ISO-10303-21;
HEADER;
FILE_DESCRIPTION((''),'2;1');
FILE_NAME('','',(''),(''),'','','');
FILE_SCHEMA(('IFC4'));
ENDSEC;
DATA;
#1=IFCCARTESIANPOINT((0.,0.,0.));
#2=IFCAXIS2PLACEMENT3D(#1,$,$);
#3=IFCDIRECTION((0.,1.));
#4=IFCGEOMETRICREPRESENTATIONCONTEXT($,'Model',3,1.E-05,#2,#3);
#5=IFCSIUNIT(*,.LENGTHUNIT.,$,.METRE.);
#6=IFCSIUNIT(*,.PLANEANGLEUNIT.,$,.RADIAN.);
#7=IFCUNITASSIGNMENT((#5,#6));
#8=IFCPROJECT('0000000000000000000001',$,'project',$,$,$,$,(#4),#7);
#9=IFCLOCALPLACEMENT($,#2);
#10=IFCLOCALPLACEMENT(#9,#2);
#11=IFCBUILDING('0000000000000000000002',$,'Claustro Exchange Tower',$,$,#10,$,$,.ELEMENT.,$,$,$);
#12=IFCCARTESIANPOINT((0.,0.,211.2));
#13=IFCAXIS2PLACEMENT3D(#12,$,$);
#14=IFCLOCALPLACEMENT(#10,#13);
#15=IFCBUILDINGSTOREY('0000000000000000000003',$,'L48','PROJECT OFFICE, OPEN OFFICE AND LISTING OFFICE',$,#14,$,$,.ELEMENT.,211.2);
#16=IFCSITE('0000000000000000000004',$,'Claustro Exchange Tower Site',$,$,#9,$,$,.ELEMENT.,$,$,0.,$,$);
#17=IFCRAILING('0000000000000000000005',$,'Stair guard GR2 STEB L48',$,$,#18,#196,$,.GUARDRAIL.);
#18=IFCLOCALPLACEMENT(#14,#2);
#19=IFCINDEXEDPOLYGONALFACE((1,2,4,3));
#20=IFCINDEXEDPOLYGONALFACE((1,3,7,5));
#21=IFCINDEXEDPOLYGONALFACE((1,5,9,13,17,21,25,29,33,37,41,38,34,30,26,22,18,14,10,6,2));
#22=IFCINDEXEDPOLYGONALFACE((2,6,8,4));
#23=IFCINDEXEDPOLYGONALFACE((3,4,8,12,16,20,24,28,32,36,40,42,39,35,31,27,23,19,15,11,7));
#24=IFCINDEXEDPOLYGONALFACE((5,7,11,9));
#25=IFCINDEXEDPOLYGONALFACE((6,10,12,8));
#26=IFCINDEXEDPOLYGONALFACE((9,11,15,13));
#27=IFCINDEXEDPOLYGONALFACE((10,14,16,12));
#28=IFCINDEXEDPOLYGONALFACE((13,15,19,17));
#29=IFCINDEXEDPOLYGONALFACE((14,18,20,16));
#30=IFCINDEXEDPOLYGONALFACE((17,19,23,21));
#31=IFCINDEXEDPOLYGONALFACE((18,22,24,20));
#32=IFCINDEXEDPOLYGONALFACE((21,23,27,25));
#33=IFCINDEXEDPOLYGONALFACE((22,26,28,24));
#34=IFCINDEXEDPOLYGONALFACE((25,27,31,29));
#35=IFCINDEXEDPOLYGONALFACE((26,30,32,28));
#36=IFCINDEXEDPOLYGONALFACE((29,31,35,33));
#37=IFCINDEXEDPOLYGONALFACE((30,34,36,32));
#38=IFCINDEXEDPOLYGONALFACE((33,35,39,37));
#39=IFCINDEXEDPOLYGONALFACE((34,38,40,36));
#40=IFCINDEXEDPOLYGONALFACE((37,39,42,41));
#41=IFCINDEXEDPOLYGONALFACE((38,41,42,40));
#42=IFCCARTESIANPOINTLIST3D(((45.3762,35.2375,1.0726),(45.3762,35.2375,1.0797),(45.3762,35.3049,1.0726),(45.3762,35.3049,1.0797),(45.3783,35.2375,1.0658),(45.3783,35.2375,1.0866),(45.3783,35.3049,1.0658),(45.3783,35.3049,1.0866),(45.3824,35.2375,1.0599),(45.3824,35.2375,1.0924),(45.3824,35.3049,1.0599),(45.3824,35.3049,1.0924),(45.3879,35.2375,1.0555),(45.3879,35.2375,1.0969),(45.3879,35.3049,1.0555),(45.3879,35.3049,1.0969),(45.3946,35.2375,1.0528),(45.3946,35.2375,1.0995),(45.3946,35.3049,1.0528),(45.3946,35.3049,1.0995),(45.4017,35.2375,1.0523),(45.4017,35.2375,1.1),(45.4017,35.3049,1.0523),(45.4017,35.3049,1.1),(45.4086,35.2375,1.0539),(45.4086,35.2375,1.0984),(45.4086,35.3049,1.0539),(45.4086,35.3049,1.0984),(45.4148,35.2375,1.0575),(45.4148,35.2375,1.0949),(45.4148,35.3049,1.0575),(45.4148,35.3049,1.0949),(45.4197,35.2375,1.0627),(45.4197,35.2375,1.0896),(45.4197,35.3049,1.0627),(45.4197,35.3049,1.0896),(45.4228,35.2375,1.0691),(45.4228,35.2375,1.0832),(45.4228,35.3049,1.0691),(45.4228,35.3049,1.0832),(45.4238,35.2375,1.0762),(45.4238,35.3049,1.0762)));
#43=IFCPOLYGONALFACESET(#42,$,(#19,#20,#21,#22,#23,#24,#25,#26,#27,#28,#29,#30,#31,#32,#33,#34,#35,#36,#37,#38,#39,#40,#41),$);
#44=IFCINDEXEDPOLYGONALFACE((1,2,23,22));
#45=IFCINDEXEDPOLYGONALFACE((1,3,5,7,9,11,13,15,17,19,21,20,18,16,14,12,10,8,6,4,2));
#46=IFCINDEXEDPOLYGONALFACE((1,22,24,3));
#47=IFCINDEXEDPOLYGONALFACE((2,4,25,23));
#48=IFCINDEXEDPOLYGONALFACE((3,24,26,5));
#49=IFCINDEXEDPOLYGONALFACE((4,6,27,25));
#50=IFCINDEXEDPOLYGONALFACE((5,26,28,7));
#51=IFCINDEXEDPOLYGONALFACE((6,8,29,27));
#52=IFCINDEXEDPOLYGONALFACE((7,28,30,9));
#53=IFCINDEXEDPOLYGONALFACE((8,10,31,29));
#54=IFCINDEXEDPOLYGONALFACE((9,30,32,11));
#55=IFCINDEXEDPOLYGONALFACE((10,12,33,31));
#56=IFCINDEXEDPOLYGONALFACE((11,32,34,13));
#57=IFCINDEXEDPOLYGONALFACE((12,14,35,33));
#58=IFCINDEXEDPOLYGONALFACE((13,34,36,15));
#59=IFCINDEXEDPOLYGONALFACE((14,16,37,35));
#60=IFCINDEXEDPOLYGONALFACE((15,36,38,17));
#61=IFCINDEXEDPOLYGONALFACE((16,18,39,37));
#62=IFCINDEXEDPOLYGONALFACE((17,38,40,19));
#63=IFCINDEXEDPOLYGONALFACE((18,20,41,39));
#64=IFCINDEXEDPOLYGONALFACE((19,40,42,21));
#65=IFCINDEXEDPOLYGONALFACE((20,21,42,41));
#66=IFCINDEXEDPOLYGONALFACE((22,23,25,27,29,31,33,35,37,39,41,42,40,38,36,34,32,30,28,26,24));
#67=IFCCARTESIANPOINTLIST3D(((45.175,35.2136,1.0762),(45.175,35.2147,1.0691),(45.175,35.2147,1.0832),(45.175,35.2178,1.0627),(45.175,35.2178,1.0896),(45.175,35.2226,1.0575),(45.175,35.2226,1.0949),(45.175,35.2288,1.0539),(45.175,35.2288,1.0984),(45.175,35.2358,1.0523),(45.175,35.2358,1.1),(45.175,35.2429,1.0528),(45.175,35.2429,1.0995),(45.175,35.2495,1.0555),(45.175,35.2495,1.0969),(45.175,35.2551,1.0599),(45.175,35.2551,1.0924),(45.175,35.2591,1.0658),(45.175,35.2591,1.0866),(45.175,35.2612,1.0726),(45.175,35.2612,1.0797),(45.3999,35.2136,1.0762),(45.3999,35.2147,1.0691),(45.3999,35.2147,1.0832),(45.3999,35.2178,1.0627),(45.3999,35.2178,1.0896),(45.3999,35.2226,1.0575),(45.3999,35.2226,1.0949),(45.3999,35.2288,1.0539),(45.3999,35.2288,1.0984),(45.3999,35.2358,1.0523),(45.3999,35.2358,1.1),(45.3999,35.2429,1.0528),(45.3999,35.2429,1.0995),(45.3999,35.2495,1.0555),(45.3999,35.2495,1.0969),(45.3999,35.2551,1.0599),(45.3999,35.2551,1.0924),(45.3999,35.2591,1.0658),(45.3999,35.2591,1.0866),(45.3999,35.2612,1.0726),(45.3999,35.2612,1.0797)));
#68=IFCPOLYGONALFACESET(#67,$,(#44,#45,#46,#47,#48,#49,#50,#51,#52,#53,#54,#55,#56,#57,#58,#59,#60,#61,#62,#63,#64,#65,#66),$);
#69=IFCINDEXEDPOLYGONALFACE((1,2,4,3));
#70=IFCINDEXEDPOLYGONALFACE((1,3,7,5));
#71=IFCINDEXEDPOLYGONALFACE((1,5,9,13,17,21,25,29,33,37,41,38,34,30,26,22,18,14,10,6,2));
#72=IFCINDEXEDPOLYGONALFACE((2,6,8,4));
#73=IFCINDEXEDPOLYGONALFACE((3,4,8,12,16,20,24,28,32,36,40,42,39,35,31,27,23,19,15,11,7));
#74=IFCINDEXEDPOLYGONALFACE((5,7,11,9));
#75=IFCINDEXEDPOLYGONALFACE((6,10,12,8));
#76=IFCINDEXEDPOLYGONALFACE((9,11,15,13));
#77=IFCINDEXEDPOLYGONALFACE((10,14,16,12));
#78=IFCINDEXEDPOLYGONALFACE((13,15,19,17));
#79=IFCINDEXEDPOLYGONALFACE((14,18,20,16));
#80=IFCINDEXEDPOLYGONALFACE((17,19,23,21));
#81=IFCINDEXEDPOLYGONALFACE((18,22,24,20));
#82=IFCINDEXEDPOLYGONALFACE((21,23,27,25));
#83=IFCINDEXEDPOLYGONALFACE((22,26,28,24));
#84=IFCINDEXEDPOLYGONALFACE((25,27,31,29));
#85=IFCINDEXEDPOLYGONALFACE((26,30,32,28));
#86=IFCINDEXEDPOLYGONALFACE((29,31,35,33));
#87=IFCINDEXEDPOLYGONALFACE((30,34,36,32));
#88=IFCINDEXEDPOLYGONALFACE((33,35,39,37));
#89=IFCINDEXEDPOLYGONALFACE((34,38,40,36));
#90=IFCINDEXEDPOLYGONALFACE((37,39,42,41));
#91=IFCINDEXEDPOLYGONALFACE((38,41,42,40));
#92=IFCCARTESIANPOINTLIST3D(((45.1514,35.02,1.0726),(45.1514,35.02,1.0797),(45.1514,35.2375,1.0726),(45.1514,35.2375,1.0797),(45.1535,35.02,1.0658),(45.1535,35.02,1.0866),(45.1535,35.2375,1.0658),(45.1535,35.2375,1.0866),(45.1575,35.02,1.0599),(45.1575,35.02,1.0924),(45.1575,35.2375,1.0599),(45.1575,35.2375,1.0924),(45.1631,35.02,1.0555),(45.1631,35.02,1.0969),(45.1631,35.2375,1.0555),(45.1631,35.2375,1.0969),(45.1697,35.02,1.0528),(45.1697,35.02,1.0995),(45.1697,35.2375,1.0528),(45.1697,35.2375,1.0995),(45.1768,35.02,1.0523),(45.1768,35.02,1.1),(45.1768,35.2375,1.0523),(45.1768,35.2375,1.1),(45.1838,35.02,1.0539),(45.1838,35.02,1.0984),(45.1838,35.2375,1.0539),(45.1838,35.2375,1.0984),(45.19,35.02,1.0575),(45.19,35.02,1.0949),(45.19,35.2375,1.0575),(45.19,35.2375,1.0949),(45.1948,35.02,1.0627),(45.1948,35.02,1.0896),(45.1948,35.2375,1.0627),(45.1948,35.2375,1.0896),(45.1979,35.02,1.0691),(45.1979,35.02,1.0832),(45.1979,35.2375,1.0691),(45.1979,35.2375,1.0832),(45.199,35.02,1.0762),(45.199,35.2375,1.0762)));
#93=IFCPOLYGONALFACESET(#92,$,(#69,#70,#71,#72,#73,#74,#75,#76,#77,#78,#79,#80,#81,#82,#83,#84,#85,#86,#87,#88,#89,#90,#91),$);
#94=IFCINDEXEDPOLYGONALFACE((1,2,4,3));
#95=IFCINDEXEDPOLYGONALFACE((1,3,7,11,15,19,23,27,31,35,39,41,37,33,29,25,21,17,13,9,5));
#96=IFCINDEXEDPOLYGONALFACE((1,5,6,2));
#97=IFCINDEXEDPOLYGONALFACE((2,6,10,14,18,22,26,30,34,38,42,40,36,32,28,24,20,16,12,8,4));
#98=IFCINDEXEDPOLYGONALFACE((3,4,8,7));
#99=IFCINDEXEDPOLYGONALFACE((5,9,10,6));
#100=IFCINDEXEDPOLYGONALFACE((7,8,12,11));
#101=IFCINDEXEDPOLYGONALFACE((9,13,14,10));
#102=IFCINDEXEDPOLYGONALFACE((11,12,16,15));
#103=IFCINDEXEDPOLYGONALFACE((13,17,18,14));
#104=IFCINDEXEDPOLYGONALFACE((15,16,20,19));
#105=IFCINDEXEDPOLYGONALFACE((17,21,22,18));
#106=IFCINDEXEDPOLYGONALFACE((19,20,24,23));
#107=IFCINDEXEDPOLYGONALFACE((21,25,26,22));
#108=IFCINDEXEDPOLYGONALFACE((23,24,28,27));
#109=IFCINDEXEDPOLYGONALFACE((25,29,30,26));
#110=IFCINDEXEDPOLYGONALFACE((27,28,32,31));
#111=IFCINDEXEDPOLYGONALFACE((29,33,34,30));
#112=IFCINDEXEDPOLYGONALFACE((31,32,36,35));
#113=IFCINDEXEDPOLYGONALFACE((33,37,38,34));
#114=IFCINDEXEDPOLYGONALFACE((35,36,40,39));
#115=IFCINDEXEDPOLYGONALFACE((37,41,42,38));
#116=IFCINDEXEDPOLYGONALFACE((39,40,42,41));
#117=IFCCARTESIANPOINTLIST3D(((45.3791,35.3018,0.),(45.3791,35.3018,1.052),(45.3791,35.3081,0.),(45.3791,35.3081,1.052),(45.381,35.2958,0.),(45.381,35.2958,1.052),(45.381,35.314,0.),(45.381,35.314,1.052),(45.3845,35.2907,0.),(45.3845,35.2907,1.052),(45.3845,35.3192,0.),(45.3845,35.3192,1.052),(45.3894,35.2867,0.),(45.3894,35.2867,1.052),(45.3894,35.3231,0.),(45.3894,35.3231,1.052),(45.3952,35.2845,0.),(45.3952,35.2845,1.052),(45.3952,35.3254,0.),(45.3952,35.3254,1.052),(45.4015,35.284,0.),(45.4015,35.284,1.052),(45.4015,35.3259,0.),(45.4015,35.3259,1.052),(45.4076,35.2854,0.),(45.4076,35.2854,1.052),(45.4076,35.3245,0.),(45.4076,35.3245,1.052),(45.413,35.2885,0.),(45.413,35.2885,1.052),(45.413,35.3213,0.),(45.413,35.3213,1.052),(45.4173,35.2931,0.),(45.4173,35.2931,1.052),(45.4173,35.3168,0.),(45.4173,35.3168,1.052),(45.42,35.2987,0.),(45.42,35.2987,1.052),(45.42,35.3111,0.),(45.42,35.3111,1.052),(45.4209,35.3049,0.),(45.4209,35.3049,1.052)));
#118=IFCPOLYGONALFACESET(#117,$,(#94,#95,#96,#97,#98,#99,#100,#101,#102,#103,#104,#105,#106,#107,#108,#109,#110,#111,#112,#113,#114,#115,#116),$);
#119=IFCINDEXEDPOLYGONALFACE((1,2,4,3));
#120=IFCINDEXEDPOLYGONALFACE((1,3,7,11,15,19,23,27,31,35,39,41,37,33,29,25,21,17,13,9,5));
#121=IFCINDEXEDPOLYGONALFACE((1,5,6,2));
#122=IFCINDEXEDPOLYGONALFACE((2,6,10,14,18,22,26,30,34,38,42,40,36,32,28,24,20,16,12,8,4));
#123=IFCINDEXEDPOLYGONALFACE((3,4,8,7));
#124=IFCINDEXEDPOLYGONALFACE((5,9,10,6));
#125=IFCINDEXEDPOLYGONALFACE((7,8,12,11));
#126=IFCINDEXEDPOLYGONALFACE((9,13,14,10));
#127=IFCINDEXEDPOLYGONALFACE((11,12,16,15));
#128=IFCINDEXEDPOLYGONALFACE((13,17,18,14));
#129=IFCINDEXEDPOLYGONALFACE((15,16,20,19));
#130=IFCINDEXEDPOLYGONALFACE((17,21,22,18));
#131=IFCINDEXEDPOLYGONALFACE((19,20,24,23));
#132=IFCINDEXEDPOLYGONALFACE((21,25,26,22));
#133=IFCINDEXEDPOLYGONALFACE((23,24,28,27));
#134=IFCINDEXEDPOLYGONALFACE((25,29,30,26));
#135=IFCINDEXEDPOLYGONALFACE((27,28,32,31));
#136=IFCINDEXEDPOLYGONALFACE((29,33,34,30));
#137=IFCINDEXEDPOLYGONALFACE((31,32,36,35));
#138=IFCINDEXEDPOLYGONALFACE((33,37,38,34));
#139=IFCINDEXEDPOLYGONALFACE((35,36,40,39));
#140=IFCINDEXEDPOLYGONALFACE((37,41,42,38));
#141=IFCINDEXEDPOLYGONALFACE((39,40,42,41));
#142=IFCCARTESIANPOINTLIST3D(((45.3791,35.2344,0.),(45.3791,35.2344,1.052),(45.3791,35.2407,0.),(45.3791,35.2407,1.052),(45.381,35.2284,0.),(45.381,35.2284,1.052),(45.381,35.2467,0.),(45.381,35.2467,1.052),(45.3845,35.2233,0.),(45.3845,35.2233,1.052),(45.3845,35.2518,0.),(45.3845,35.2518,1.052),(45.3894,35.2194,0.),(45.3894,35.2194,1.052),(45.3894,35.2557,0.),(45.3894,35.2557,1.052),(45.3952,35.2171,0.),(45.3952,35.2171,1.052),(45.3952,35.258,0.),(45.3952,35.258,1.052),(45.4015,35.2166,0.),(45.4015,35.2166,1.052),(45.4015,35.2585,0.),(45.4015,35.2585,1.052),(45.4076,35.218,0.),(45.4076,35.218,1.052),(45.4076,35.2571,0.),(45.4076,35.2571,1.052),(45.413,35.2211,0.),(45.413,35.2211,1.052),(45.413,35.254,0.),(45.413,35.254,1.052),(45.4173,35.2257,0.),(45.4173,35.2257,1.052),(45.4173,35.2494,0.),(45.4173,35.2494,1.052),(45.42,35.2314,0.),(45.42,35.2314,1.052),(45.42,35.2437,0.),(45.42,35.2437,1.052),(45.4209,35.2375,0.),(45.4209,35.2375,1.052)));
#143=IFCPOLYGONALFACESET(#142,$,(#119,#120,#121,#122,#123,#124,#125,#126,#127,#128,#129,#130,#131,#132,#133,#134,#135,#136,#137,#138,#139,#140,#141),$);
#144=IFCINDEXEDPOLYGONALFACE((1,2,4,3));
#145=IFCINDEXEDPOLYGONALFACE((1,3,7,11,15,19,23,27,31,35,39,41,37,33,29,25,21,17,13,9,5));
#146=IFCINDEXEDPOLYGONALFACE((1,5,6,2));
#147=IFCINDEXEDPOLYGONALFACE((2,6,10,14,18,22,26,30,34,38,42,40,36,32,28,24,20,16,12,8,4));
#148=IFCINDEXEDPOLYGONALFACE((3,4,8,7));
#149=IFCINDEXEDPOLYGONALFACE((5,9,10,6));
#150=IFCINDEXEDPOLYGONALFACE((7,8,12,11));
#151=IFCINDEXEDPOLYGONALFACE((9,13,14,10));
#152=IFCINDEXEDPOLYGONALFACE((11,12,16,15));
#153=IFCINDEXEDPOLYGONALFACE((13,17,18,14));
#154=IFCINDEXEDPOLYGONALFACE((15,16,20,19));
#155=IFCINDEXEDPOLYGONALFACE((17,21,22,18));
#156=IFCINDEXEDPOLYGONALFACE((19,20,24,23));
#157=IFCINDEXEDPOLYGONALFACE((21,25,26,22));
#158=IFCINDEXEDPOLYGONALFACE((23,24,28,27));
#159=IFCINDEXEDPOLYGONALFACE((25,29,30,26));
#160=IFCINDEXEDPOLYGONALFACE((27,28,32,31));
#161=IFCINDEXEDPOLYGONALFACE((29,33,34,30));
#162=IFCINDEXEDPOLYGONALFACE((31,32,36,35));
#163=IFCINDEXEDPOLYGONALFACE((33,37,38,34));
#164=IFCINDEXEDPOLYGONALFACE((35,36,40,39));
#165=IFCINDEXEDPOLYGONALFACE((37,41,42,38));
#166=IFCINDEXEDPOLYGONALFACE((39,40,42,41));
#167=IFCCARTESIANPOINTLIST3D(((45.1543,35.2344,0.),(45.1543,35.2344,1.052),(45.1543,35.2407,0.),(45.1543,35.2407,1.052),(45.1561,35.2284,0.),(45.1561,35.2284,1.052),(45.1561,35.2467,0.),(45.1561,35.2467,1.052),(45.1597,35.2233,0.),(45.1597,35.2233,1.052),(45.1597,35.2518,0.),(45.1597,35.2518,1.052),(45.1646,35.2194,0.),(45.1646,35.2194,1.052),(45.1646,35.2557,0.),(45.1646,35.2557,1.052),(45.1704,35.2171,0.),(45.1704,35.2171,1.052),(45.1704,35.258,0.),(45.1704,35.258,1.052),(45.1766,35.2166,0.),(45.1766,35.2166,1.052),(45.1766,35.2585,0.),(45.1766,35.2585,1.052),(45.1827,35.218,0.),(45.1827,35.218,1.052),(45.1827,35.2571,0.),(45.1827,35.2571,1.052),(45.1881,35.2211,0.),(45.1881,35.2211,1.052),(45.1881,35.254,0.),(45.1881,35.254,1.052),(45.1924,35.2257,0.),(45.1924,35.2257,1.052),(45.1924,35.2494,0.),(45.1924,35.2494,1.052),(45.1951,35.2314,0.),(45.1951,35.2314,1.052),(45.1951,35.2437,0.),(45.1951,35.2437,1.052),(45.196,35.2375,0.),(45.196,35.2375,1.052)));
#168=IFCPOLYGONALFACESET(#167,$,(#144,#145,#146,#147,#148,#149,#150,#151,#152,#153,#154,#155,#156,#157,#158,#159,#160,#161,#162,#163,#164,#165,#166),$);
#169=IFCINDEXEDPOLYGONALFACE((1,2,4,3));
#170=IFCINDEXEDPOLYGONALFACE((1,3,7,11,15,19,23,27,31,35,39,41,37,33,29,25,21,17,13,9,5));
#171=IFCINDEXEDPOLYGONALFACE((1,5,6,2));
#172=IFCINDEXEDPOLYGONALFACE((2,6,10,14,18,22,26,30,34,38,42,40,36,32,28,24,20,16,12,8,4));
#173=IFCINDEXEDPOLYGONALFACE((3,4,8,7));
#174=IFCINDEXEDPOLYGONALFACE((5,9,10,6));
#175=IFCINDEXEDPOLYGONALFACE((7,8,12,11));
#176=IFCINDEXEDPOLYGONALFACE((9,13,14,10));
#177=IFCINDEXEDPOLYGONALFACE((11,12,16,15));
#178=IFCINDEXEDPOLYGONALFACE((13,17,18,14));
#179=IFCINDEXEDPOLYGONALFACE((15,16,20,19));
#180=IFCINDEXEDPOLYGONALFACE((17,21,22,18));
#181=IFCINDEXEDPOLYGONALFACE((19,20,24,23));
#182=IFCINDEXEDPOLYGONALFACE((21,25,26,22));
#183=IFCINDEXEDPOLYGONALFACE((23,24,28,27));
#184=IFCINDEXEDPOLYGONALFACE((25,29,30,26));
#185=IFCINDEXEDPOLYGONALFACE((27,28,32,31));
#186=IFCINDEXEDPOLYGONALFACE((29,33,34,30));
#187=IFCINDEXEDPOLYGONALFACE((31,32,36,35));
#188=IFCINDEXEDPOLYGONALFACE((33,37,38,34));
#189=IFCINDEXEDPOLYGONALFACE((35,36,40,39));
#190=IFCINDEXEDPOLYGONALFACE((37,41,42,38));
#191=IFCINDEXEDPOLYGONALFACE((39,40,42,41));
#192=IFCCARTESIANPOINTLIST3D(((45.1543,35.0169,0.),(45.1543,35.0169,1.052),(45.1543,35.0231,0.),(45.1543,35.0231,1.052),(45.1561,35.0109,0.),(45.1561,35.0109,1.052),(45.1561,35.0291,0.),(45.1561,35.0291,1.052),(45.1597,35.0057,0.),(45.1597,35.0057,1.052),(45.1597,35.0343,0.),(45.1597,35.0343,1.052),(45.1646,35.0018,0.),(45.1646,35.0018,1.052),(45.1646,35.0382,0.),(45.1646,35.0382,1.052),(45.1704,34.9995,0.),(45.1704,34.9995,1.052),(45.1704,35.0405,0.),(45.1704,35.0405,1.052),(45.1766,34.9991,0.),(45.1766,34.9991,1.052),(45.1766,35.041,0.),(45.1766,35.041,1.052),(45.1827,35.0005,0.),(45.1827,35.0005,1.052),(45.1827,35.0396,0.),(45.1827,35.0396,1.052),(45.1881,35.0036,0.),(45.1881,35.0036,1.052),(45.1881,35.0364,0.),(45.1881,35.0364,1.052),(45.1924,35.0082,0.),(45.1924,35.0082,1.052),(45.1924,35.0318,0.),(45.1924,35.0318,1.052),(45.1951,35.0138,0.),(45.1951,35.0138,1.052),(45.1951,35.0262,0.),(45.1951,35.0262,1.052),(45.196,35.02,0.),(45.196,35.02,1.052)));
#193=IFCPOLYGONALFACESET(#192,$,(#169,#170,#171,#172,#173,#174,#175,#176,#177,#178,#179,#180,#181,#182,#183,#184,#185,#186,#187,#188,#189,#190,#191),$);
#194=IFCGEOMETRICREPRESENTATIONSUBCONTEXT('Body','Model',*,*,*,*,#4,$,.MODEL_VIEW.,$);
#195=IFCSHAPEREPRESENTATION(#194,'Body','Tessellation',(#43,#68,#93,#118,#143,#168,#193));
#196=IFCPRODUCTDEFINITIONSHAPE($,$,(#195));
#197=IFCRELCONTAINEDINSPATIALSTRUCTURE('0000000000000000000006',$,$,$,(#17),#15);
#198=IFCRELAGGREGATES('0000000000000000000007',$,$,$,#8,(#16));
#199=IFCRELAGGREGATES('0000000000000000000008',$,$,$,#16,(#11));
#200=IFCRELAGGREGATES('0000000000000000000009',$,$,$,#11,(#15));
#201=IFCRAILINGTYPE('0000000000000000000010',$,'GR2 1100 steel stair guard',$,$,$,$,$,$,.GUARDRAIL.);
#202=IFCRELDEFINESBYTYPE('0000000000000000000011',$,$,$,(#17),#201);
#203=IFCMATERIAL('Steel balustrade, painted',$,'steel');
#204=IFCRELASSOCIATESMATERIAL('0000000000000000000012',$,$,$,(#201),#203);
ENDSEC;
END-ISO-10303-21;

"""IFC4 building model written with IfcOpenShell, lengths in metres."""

from ifc_helpers import new_model, si_unit, direction, frame, origin, origin_2d, place, context, subcontext, project, spatial, circle, extrude, material, type_object, element, save


model = new_model("IFC4")

# Units and contexts
model_context = context("Model", 3, precision=1e-05, world=origin(), true_north=direction((0.0, 1.0)))
body_context = subcontext(model_context, "Body", "Model", "MODEL_VIEW")
ifc_project = project(units=[si_unit("LENGTHUNIT", "METRE"), si_unit("PLANEANGLEUNIT", "RADIAN")], contexts=[model_context])

# Site, building, storey
site_placement = place(None, origin())
site = spatial("IfcSite", under=ifc_project, at=site_placement, Name="Claustro Exchange Tower Site", CompositionType="ELEMENT", RefElevation=0.0)
building_placement = place(site_placement, origin())
building = spatial("IfcBuilding", under=site, at=building_placement, Name="Claustro Exchange Tower", CompositionType="ELEMENT")
storey_placement = place(building_placement, frame((0.0, 0.0, 211.2)))
storey = spatial("IfcBuildingStorey", under=building, at=storey_placement, Name="L48", Description="PROJECT OFFICE, OPEN OFFICE AND LISTING OFFICE", CompositionType="ELEMENT", Elevation=211.2)

# Railing
ifc_material_1 = material(Name="Steel balustrade, painted", Category="steel")
railing_type_1 = type_object("IfcRailingType", Name="GR2 1100 steel stair guard", PredefinedType="GUARDRAIL", material=ifc_material_1)
railing_1_placement = place(storey_placement, frame((45.3999, 35.3049, 0.0)))
element("IfcRailing", 1, at=railing_1_placement, inside=storey, type_object=railing_type_1, Name="Stair guard GR2 STEB L48", PredefinedType="GUARDRAIL", context=body_context, shape_type="SweptSolid", body=[
    extrude(circle(Radius=0.0239, at=origin_2d()), frame((0.0, 0.0, 1.0762), z_axis=(0.0, -1.0, 0.0), x_axis=(1.0, 0.0, 0.0)), (0.0, 0.0, 1.0), 0.0674),
    extrude(circle(Radius=0.0239, at=origin_2d()), frame((0.0, -0.0674, 1.0762), z_axis=(-1.0, 0.0, 0.0), x_axis=(0.0, -1.0, 0.0)), (0.0, 0.0, 1.0), 0.2249),
    extrude(circle(Radius=0.0239, at=origin_2d()), frame((-0.2249, -0.0674, 1.0762), z_axis=(0.0, -1.0, 0.0), x_axis=(1.0, 0.0, 0.0)), (0.0, 0.0, 1.0), 0.2175),
    extrude(circle(Radius=0.021, at=origin_2d()), origin(), (0.0, 0.0, 1.0), 1.052),
    extrude(circle(Radius=0.021, at=origin_2d()), frame((0.0, -0.0674, 0.0)), (0.0, 0.0, 1.0), 1.052),
    extrude(circle(Radius=0.021, at=origin_2d()), frame((-0.2249, -0.0674, 0.0)), (0.0, 0.0, 1.0), 1.052),
    extrude(circle(Radius=0.021, at=origin_2d()), frame((-0.2249, -0.2849, 0.0)), (0.0, 0.0, 1.0), 1.052),
])

save(model, "model.ifc")
